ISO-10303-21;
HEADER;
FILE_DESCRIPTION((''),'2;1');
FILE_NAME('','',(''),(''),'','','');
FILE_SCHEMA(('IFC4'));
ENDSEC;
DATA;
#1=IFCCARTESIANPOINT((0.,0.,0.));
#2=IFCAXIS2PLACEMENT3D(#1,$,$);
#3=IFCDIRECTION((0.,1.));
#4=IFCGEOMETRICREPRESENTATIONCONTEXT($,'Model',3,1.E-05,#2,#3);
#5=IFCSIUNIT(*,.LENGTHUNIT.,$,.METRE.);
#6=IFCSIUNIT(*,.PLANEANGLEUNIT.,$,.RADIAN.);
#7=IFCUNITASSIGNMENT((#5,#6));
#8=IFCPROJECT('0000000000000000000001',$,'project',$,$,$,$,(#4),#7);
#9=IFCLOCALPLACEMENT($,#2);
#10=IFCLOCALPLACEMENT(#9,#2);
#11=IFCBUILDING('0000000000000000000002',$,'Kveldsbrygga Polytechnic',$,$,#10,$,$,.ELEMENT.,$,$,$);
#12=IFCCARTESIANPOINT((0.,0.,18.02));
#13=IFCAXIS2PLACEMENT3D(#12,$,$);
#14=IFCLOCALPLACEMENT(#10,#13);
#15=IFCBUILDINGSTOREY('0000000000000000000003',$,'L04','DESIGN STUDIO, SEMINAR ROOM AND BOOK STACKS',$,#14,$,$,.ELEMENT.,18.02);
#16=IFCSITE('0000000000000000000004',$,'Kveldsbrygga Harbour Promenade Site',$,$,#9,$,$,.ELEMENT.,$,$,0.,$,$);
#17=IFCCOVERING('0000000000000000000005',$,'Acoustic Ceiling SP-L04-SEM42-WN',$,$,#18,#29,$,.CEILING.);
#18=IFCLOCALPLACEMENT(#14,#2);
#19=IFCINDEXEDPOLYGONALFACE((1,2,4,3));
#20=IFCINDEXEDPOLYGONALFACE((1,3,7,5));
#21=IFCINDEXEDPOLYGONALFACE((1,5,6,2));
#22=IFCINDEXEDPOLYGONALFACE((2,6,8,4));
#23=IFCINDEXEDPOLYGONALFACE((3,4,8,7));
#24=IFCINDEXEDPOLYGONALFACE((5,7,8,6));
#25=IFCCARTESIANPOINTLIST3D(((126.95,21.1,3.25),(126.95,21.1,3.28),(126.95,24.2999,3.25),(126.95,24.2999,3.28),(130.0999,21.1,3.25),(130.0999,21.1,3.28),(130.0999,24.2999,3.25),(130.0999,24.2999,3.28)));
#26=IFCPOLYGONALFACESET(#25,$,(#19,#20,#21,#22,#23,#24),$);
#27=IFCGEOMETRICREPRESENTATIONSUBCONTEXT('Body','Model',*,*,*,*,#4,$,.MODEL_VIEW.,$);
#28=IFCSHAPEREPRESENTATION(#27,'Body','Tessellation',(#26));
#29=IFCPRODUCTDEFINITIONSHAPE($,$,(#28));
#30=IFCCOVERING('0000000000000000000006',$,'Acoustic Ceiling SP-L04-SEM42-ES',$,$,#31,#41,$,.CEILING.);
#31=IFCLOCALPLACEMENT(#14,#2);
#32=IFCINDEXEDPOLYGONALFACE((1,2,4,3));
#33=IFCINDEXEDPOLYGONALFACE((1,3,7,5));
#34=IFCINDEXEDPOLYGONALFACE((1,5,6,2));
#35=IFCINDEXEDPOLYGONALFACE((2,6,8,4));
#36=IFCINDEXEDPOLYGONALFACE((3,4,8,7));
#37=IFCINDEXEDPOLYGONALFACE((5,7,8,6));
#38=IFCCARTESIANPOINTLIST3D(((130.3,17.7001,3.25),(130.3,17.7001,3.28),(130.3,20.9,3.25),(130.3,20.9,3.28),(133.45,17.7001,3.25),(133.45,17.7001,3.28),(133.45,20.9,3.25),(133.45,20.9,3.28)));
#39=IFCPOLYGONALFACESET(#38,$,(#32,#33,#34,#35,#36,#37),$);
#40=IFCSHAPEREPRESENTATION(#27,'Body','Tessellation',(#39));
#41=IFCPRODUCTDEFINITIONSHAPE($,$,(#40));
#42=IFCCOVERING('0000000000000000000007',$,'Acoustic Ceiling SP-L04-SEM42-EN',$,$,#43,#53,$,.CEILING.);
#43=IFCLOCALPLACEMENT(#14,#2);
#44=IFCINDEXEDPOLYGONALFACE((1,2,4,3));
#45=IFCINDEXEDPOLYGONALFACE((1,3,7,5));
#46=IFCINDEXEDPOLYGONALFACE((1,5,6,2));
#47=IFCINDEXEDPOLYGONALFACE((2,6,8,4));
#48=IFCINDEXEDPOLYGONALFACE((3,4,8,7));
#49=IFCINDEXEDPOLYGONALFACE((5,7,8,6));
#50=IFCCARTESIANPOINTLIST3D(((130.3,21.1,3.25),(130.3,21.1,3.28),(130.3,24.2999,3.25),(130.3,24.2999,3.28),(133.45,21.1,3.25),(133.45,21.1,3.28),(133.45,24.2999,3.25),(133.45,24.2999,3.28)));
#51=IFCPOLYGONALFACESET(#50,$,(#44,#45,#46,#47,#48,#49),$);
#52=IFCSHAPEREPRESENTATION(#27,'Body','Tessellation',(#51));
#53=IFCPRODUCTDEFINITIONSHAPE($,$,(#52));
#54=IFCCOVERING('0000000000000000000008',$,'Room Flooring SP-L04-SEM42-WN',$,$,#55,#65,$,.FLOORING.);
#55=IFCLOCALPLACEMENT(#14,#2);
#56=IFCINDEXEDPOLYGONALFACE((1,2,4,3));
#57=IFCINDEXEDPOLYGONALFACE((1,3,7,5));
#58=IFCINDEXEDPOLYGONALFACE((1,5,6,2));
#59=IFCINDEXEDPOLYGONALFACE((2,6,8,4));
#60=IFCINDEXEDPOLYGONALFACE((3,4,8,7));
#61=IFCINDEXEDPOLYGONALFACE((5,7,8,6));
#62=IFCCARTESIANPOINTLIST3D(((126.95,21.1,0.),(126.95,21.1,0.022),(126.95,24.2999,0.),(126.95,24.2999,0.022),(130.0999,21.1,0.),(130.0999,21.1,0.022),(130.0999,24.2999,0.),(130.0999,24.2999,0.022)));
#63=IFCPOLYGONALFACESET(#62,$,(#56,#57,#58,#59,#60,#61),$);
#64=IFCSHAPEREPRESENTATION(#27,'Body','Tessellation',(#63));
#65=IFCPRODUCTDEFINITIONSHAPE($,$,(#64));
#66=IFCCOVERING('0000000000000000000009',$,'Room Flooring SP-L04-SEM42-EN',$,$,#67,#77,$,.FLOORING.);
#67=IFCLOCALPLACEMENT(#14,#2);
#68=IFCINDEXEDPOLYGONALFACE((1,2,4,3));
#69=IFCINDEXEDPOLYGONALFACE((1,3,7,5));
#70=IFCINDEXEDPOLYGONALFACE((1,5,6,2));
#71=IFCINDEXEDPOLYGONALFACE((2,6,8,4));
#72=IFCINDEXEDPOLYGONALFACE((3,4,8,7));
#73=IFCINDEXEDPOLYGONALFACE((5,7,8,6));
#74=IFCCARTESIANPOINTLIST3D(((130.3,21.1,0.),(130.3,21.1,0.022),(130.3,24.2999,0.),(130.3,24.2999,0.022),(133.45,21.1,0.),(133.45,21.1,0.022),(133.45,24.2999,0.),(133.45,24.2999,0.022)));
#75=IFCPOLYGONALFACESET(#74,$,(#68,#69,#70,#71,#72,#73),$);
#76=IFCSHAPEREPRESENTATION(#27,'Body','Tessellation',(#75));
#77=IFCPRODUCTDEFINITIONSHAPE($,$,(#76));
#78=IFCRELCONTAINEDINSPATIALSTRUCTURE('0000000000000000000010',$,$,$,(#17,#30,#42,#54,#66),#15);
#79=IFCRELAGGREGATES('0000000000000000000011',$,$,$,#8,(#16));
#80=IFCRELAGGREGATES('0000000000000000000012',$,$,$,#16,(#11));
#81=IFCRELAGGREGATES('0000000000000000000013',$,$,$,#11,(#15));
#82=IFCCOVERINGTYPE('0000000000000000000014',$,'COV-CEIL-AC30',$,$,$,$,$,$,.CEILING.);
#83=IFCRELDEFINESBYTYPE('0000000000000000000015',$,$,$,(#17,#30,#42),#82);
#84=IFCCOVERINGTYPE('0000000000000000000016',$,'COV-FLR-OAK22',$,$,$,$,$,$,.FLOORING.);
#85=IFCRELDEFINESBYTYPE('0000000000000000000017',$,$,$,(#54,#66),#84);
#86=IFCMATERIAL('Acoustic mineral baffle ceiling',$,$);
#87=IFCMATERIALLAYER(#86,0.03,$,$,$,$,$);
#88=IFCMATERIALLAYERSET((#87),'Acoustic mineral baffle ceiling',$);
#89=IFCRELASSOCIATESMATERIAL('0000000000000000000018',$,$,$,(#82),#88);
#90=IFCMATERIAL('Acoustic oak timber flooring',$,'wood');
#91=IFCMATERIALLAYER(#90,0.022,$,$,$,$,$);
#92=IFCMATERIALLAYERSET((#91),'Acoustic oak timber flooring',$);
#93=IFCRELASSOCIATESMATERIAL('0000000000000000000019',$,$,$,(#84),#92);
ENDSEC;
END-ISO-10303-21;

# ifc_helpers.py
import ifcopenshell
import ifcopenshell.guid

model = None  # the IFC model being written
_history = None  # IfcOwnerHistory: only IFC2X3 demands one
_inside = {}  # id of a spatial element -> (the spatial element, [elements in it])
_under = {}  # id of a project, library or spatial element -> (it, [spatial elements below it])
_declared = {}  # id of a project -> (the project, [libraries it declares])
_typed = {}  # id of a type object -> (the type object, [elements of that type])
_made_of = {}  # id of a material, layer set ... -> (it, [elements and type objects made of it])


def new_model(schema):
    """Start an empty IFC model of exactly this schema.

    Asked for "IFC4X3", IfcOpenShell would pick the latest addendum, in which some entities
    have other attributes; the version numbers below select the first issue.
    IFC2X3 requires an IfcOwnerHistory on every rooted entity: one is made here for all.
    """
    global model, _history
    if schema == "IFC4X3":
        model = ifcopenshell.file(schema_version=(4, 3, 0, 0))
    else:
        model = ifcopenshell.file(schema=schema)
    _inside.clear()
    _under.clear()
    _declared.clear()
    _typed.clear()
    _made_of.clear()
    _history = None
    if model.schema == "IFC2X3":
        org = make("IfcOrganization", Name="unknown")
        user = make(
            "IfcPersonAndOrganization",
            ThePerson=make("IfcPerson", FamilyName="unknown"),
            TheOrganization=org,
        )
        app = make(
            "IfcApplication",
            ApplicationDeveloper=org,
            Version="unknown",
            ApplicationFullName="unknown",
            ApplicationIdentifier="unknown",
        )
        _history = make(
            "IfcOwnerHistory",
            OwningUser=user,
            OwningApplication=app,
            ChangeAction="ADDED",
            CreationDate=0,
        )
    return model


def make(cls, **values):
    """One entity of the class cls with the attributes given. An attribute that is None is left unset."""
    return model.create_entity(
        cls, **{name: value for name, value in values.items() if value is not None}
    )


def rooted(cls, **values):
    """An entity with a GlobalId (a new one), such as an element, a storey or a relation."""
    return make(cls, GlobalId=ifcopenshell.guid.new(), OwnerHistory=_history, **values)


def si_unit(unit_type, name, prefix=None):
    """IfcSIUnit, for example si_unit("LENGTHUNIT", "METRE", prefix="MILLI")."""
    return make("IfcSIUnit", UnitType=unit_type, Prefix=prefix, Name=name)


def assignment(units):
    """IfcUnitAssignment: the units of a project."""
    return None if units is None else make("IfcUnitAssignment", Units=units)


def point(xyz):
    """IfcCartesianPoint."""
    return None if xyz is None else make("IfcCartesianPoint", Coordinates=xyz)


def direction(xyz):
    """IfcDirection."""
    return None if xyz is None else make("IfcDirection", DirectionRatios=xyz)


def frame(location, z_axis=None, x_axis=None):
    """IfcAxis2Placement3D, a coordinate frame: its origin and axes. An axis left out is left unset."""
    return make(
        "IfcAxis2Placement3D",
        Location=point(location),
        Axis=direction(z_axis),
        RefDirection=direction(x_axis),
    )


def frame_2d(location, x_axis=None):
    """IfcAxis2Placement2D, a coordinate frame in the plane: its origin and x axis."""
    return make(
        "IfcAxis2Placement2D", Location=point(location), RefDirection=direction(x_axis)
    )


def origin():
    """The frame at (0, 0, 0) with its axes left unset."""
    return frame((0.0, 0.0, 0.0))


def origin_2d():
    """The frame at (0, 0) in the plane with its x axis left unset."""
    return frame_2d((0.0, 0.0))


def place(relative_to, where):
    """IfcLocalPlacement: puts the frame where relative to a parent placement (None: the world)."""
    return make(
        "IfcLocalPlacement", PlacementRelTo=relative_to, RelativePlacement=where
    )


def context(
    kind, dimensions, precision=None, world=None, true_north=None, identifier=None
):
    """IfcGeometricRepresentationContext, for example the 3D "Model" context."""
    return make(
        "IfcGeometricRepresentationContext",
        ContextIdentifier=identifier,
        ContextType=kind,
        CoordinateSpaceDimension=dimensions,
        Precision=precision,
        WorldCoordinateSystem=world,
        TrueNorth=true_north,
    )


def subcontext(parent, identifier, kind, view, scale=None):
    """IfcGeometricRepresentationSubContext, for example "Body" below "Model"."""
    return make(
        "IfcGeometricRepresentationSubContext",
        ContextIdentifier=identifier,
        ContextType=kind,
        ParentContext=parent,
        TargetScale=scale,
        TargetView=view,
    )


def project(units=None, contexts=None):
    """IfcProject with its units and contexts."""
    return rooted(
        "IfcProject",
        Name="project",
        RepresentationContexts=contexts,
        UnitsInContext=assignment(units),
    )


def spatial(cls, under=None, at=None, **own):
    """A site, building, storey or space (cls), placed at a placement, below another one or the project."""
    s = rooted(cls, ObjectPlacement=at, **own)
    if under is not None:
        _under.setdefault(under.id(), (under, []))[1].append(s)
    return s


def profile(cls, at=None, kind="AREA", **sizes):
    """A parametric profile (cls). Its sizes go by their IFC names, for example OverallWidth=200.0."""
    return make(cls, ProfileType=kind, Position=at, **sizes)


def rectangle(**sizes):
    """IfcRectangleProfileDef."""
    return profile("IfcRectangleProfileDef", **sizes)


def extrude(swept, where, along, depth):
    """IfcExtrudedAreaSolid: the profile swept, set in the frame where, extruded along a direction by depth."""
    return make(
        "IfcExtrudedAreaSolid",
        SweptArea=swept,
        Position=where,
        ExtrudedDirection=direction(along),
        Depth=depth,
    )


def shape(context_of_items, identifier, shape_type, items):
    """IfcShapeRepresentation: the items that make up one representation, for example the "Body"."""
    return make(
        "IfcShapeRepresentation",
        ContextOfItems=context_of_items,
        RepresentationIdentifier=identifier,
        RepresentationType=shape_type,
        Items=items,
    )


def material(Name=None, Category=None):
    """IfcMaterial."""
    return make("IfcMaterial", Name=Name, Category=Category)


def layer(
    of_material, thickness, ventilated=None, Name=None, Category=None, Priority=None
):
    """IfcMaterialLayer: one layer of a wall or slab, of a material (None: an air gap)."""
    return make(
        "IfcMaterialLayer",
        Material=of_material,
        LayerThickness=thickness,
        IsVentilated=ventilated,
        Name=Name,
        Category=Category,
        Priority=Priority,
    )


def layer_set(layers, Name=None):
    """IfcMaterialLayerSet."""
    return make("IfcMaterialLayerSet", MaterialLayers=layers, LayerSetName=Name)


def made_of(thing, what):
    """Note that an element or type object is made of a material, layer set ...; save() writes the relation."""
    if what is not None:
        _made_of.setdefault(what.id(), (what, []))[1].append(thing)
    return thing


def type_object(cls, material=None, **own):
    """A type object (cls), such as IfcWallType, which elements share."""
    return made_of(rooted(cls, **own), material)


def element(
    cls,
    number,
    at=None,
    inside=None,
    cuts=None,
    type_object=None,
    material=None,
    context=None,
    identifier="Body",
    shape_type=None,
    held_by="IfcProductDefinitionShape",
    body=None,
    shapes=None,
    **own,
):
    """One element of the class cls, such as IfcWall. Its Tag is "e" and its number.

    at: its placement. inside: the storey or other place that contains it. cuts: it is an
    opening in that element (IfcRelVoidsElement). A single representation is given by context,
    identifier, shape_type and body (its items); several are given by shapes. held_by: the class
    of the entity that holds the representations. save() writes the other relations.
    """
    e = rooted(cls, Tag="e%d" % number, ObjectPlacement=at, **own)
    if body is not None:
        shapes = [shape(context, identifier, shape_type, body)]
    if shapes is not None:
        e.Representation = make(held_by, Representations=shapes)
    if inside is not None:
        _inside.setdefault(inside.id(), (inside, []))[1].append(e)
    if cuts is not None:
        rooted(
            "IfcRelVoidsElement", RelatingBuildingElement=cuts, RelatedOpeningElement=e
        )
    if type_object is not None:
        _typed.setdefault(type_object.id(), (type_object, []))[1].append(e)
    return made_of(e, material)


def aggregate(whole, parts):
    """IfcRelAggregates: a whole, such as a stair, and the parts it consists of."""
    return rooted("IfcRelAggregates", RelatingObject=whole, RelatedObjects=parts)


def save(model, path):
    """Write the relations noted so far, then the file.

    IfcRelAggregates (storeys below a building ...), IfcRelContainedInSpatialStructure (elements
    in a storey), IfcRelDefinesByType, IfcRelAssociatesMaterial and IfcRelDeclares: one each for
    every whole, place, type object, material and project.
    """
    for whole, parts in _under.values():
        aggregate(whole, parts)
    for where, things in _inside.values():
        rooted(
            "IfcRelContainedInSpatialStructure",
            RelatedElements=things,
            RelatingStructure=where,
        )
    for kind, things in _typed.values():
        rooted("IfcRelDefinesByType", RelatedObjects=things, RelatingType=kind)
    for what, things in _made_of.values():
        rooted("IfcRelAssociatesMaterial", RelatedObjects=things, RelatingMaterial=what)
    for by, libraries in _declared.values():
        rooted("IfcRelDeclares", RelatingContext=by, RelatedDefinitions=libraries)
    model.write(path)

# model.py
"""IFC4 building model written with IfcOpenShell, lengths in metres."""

from ifc_helpers import new_model, si_unit, direction, frame, origin, origin_2d, place, context, subcontext, project, spatial, rectangle, extrude, material, layer, layer_set, type_object, element, save


model = new_model("IFC4")

# Units and contexts
model_context = context("Model", 3, precision=1e-05, world=origin(), true_north=direction((0.0, 1.0)))
body_context = subcontext(model_context, "Body", "Model", "MODEL_VIEW")
ifc_project = project(units=[si_unit("LENGTHUNIT", "METRE"), si_unit("PLANEANGLEUNIT", "RADIAN")], contexts=[model_context])

# Site, building, storey
site_placement = place(None, origin())
site = spatial("IfcSite", under=ifc_project, at=site_placement, Name="Kveldsbrygga Harbour Promenade Site", CompositionType="ELEMENT", RefElevation=0.0)
building_placement = place(site_placement, origin())
building = spatial("IfcBuilding", under=site, at=building_placement, Name="Kveldsbrygga Polytechnic", CompositionType="ELEMENT")
storey_placement = place(building_placement, frame((0.0, 0.0, 18.02)))
storey = spatial("IfcBuildingStorey", under=building, at=storey_placement, Name="L04", Description="DESIGN STUDIO, SEMINAR ROOM AND BOOK STACKS", CompositionType="ELEMENT", Elevation=18.02)

# Coverings
ifc_material_1 = material(Name="Acoustic mineral baffle ceiling")
ifc_layer_1 = layer(ifc_material_1, 0.03)
ifc_layer_set_1 = layer_set([ifc_layer_1], Name="Acoustic mineral baffle ceiling")
covering_type_1 = type_object("IfcCoveringType", Name="COV-CEIL-AC30", PredefinedType="CEILING", material=ifc_layer_set_1)
for number, where, z_axis, x_axis, name in (
    (1, (128.5249, 22.7, 3.25), (0.0, 0.0, 1.0), (1.0, 0.0, 0.0), "Acoustic Ceiling SP-L04-SEM42-WN"),
    (2, (131.875, 19.3, 3.25), (0.0, 0.0, 1.0), (1.0, 0.0, 0.0), "Acoustic Ceiling SP-L04-SEM42-ES"),
    (3, (131.875, 22.7, 3.25), (0.0, 0.0, 1.0), (1.0, 0.0, 0.0), "Acoustic Ceiling SP-L04-SEM42-EN"),
):
    element("IfcCovering", number, at=place(storey_placement, frame(where, z_axis=z_axis, x_axis=x_axis)), inside=storey, type_object=covering_type_1, Name=name, PredefinedType="CEILING", context=body_context, shape_type="SweptSolid", body=[
        extrude(rectangle(XDim=3.1499, YDim=3.2, at=origin_2d()), origin(), (0.0, 0.0, 1.0), 0.03),
    ])
ifc_material_2 = material(Name="Acoustic oak timber flooring", Category="wood")
ifc_layer_2 = layer(ifc_material_2, 0.022)
ifc_layer_set_2 = layer_set([ifc_layer_2], Name="Acoustic oak timber flooring")
covering_type_2 = type_object("IfcCoveringType", Name="COV-FLR-OAK22", PredefinedType="FLOORING", material=ifc_layer_set_2)
for number, where, z_axis, x_axis, name in (
    (4, (128.5249, 22.7, 0.0), (0.0, 0.0, 1.0), (1.0, 0.0, 0.0), "Room Flooring SP-L04-SEM42-WN"),
    (5, (131.875, 22.7, 0.0), (0.0, 0.0, 1.0), (1.0, 0.0, 0.0), "Room Flooring SP-L04-SEM42-EN"),
):
    element("IfcCovering", number, at=place(storey_placement, frame(where, z_axis=z_axis, x_axis=x_axis)), inside=storey, type_object=covering_type_2, Name=name, PredefinedType="FLOORING", context=body_context, shape_type="SweptSolid", body=[
        extrude(rectangle(XDim=3.1499, YDim=3.2, at=origin_2d()), origin(), (0.0, 0.0, 1.0), 0.022),
    ])

save(model, "model.ifc")
